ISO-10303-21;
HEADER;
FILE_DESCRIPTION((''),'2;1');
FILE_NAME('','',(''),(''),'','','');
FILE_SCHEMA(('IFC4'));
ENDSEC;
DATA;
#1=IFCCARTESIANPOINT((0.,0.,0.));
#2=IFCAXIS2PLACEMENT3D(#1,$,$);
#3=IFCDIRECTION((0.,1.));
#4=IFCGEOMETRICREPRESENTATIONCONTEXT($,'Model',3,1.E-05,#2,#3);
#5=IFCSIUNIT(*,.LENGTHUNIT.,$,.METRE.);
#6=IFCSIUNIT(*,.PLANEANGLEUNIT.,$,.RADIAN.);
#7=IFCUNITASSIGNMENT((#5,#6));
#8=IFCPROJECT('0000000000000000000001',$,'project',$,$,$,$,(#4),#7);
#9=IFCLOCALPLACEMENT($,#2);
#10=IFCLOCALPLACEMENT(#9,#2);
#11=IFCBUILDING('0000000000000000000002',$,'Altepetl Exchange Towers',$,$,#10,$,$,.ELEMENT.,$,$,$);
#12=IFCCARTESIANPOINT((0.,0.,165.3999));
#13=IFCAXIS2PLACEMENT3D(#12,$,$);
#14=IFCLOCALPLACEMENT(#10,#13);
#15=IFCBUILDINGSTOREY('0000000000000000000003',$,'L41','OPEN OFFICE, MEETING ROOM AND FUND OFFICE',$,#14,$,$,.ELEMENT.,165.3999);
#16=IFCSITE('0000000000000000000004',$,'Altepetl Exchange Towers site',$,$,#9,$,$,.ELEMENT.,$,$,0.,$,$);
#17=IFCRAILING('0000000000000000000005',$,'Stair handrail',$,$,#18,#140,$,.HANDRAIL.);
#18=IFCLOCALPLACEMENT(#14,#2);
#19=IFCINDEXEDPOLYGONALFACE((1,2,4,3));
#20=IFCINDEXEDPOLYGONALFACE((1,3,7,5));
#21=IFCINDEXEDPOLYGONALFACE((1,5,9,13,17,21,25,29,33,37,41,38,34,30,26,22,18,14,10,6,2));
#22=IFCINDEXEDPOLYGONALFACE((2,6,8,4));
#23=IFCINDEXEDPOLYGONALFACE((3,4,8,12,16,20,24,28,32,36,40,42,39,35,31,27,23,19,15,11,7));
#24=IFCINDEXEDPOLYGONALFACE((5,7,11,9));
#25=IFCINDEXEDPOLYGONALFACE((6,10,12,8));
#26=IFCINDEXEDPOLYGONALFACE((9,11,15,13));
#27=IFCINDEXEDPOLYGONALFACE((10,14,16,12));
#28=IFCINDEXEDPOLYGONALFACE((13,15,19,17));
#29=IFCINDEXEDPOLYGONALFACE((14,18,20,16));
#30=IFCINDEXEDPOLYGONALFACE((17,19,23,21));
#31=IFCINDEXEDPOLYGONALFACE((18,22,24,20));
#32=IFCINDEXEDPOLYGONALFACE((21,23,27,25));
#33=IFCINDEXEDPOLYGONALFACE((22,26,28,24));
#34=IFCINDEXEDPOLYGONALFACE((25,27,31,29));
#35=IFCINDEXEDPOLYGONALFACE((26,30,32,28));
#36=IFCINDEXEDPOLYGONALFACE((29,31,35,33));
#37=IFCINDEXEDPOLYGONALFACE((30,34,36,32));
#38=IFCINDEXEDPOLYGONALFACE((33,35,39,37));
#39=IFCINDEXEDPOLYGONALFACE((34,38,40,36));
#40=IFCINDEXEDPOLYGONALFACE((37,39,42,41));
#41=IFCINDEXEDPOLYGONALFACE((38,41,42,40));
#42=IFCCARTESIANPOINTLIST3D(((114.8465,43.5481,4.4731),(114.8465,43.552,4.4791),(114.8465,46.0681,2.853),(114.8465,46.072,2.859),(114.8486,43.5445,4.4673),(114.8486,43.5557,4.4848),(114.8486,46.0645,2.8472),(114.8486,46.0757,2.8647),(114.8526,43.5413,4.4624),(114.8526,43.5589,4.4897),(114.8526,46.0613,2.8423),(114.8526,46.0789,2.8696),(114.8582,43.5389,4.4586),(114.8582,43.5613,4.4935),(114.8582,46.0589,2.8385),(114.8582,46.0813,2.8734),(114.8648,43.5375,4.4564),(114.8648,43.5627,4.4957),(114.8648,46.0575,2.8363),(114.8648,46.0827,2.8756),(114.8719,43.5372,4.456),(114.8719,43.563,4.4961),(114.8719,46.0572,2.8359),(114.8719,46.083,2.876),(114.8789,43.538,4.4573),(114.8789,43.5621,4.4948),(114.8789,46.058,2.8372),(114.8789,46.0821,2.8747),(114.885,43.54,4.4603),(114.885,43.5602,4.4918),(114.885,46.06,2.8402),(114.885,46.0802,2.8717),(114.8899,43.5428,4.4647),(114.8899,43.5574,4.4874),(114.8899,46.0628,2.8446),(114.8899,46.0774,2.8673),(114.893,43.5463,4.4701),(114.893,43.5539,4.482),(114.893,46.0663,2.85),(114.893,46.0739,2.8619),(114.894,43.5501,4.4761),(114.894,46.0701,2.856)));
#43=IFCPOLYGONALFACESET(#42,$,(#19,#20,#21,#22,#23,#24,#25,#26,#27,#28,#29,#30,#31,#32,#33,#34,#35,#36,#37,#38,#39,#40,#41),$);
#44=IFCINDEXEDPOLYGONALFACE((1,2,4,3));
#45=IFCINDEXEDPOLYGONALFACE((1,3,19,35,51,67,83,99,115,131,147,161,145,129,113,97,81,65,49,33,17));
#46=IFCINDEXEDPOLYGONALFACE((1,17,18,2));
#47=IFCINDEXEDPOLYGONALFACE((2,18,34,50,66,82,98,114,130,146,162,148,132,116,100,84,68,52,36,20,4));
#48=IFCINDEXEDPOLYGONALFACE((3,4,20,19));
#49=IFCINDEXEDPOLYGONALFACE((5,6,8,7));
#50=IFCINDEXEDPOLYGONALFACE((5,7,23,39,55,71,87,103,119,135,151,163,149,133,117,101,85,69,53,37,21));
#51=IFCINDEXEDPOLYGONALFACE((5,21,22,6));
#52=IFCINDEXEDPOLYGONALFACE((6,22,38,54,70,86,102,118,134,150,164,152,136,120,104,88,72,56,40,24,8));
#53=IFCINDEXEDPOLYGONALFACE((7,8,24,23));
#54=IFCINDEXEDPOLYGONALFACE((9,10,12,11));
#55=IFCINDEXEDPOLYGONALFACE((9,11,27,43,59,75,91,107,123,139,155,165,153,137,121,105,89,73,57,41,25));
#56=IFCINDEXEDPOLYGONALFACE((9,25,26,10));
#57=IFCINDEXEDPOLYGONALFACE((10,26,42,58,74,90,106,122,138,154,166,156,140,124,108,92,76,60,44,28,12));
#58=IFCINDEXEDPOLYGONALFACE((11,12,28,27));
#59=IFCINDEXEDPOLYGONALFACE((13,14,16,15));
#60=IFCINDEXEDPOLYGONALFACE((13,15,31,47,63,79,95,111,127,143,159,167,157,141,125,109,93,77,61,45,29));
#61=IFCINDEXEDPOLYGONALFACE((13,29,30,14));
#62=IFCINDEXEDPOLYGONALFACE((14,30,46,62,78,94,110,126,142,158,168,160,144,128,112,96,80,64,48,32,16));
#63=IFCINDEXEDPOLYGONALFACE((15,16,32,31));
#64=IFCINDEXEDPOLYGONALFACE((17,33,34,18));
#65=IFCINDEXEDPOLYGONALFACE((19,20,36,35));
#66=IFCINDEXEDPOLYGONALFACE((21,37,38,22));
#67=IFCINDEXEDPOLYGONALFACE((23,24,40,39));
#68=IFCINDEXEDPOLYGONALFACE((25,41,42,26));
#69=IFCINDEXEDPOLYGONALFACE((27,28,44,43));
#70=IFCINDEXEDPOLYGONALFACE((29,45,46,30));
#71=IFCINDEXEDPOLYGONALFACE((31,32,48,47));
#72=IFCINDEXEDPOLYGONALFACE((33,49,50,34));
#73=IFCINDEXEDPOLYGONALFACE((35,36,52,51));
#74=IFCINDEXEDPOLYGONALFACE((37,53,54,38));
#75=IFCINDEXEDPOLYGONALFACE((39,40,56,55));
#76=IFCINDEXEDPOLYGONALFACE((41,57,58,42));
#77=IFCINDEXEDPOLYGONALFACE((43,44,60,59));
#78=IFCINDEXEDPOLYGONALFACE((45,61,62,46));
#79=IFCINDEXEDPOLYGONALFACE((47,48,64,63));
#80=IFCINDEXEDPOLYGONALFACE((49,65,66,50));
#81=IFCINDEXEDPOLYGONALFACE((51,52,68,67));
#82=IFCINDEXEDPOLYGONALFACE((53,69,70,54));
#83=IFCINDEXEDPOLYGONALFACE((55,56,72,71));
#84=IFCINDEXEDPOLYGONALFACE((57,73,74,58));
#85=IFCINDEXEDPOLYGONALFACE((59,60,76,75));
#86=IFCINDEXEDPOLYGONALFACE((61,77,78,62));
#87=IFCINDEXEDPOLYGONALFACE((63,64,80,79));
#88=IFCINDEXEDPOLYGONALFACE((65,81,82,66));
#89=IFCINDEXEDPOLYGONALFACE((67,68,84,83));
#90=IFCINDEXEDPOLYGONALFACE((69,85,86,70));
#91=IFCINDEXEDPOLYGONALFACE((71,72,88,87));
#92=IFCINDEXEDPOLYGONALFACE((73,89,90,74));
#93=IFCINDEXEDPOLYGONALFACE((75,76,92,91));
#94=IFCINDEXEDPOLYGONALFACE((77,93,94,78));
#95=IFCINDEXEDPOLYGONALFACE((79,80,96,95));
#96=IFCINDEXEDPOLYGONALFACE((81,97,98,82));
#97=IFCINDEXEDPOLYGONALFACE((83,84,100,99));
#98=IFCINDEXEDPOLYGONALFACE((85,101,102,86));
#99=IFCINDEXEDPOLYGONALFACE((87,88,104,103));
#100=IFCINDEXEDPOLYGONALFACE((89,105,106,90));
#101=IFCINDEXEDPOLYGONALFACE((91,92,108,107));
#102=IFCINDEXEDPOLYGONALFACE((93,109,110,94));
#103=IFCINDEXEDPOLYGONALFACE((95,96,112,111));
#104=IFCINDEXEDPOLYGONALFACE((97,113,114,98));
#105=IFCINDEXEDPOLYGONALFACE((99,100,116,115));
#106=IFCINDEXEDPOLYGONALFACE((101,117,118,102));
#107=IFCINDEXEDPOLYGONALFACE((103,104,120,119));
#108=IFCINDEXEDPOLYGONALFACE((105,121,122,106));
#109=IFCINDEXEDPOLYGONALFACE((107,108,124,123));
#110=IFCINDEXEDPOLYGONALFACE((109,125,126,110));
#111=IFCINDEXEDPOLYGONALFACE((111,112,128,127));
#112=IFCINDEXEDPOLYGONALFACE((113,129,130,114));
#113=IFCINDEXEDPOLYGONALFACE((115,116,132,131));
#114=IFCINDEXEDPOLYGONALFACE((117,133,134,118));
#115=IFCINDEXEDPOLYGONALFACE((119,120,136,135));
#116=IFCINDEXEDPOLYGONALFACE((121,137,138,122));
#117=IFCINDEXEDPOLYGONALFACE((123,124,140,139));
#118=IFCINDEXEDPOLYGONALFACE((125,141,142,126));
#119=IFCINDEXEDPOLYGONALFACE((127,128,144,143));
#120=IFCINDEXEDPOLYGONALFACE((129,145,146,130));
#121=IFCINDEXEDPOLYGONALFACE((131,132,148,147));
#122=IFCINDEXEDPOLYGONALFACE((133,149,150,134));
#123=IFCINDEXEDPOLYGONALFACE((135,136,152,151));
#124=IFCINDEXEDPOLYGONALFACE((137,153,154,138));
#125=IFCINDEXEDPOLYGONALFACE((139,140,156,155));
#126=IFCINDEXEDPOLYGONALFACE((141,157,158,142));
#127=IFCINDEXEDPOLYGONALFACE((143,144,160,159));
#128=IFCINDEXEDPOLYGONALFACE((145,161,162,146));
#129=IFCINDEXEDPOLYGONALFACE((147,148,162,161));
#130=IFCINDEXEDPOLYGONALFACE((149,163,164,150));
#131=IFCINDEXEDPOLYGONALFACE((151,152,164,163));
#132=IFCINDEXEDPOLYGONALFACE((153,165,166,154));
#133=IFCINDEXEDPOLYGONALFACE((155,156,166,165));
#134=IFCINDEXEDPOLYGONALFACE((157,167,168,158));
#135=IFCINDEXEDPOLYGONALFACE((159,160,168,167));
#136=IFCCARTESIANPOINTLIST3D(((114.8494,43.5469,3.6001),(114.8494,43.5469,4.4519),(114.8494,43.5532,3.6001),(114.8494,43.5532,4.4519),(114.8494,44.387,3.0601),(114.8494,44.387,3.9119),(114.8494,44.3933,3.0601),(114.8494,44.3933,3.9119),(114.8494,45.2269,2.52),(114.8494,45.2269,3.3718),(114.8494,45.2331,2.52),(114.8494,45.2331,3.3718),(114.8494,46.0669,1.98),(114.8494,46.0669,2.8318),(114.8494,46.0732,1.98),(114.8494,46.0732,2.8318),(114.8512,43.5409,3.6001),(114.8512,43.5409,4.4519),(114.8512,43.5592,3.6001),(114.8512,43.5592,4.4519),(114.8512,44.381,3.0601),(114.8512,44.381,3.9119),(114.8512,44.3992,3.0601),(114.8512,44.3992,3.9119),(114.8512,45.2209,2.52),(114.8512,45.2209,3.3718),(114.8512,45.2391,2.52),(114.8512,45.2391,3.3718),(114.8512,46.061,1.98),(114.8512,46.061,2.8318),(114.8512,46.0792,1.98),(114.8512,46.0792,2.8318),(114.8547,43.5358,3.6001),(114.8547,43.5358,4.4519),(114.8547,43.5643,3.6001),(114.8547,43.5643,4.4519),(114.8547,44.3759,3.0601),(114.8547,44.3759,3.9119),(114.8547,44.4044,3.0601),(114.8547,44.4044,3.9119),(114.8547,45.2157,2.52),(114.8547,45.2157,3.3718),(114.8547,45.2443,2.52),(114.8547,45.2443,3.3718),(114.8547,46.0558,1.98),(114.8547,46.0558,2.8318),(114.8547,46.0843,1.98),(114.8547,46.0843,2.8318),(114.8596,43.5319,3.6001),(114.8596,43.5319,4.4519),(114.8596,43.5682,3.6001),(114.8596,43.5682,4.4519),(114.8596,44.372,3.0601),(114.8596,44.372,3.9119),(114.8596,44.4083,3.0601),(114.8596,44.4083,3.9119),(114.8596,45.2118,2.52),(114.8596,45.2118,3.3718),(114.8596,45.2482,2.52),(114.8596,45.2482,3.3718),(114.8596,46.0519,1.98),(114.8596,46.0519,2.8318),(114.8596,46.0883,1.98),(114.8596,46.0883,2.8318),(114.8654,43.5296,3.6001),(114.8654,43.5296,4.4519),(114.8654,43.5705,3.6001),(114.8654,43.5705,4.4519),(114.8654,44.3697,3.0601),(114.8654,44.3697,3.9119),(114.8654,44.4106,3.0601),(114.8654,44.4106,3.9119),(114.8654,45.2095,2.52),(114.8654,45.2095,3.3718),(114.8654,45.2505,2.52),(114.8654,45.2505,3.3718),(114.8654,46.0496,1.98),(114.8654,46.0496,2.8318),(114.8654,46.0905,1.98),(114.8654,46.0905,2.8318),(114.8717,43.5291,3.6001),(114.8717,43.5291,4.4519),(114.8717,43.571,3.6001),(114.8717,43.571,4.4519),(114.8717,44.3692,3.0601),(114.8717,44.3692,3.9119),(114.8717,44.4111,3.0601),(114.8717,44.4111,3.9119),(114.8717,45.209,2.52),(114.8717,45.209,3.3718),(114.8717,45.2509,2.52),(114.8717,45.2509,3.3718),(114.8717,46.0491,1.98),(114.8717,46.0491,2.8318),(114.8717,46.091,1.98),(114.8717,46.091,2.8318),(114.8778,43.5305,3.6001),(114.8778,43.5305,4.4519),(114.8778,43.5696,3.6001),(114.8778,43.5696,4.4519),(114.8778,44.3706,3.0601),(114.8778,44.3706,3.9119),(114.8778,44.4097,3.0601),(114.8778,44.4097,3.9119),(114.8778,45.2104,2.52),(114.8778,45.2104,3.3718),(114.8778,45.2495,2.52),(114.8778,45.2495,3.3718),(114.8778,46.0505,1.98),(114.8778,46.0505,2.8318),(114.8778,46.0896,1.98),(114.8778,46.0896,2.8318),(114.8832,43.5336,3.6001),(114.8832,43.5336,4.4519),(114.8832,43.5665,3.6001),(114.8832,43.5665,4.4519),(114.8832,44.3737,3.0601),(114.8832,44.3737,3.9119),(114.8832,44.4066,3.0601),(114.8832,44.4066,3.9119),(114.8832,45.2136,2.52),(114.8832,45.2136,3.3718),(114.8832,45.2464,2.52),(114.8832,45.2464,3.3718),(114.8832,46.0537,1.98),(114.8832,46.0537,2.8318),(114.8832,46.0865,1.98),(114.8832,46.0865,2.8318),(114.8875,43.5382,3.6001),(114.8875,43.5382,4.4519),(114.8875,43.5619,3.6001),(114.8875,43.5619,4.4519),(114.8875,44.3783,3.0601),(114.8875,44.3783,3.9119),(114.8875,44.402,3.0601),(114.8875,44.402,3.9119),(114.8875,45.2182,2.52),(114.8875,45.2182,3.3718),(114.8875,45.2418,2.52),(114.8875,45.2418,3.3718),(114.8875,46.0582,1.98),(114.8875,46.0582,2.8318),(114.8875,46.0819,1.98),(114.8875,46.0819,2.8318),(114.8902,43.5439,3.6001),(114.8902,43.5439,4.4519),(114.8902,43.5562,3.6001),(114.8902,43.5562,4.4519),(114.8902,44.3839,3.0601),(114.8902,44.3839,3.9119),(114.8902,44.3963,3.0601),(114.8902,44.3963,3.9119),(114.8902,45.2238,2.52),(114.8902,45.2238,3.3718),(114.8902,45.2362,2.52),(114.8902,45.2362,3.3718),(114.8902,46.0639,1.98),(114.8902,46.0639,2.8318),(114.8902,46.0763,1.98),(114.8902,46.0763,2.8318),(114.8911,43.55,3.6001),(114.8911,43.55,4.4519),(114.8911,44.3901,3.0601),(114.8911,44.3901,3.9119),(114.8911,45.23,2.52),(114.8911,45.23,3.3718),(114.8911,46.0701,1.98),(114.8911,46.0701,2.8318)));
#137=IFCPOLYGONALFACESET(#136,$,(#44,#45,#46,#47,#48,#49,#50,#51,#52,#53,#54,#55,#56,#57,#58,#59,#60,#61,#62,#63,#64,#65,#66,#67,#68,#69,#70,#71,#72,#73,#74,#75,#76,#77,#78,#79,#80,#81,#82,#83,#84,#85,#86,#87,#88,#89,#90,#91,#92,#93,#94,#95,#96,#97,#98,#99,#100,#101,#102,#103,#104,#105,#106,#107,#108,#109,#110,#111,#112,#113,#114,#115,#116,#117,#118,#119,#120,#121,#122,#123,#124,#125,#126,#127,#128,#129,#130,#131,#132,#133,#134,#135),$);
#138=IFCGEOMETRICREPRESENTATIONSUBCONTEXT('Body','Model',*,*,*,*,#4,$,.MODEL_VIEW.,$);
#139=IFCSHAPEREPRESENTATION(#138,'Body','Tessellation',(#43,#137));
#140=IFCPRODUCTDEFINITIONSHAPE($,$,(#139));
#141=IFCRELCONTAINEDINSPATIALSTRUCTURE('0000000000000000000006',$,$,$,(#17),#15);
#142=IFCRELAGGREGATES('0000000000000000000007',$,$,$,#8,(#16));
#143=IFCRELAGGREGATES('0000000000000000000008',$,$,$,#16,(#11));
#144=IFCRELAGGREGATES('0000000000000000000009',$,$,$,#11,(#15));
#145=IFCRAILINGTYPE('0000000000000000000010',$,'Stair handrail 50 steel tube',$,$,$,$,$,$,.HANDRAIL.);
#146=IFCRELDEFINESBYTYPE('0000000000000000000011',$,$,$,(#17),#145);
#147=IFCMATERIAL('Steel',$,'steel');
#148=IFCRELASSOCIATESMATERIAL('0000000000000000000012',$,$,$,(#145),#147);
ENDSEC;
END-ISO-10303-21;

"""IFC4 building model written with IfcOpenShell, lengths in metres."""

from ifc_helpers import new_model, si_unit, direction, frame, origin, origin_2d, place, context, subcontext, project, spatial, circle, extrude, source, transform, mapped, material, type_object, element, save


model = new_model("IFC4")

# Units and contexts
model_context = context("Model", 3, precision=1e-05, world=origin(), true_north=direction((0.0, 1.0)))
body_context = subcontext(model_context, "Body", "Model", "MODEL_VIEW")
ifc_project = project(units=[si_unit("LENGTHUNIT", "METRE"), si_unit("PLANEANGLEUNIT", "RADIAN")], contexts=[model_context])

# Site, building, storey
site_placement = place(None, origin())
site = spatial("IfcSite", under=ifc_project, at=site_placement, Name="Altepetl Exchange Towers site", CompositionType="ELEMENT", RefElevation=0.0)
building_placement = place(site_placement, origin())
building = spatial("IfcBuilding", under=site, at=building_placement, Name="Altepetl Exchange Towers", CompositionType="ELEMENT")
storey_placement = place(building_placement, frame((0.0, 0.0, 165.3999)))
storey = spatial("IfcBuildingStorey", under=building, at=storey_placement, Name="L41", Description="OPEN OFFICE, MEETING ROOM AND FUND OFFICE", CompositionType="ELEMENT", Elevation=165.3999)

# Railing
ifc_material_1 = material(Name="Steel", Category="steel")
railing_type = type_object("IfcRailingType", Name="Stair handrail 50 steel tube", PredefinedType="HANDRAIL", material=ifc_material_1)
shared_shape = source(origin(), body_context, "Body", "SweptSolid", [
    extrude(circle(Radius=0.021, at=origin_2d()), origin(), (0.0, 0.0, 1.0), 0.8518),
])
railing_1_placement = place(storey_placement, frame((114.8701, 46.0701, 1.98)))
element("IfcRailing", 1, at=railing_1_placement, inside=storey, type_object=railing_type, Name="Stair handrail", PredefinedType="HANDRAIL", context=body_context, shape_type="SweptSolid", body=[
    extrude(circle(Radius=0.0239, at=origin_2d()), frame((0.0, 0.0, 0.876), z_axis=(0.0, -0.841163, 0.540782), x_axis=(1.0, 0.0, 0.0)), (0.0, 0.0, 1.0), 2.9958),
    mapped(shared_shape, transform((0.0, 0.0, 0.0))),
    mapped(shared_shape, transform((0.0, -0.8401, 0.54))),
    mapped(shared_shape, transform((0.0, -1.6799, 1.0801))),
    mapped(shared_shape, transform((0.0, -2.52, 1.6201))),
])

save(model, "model.ifc")
